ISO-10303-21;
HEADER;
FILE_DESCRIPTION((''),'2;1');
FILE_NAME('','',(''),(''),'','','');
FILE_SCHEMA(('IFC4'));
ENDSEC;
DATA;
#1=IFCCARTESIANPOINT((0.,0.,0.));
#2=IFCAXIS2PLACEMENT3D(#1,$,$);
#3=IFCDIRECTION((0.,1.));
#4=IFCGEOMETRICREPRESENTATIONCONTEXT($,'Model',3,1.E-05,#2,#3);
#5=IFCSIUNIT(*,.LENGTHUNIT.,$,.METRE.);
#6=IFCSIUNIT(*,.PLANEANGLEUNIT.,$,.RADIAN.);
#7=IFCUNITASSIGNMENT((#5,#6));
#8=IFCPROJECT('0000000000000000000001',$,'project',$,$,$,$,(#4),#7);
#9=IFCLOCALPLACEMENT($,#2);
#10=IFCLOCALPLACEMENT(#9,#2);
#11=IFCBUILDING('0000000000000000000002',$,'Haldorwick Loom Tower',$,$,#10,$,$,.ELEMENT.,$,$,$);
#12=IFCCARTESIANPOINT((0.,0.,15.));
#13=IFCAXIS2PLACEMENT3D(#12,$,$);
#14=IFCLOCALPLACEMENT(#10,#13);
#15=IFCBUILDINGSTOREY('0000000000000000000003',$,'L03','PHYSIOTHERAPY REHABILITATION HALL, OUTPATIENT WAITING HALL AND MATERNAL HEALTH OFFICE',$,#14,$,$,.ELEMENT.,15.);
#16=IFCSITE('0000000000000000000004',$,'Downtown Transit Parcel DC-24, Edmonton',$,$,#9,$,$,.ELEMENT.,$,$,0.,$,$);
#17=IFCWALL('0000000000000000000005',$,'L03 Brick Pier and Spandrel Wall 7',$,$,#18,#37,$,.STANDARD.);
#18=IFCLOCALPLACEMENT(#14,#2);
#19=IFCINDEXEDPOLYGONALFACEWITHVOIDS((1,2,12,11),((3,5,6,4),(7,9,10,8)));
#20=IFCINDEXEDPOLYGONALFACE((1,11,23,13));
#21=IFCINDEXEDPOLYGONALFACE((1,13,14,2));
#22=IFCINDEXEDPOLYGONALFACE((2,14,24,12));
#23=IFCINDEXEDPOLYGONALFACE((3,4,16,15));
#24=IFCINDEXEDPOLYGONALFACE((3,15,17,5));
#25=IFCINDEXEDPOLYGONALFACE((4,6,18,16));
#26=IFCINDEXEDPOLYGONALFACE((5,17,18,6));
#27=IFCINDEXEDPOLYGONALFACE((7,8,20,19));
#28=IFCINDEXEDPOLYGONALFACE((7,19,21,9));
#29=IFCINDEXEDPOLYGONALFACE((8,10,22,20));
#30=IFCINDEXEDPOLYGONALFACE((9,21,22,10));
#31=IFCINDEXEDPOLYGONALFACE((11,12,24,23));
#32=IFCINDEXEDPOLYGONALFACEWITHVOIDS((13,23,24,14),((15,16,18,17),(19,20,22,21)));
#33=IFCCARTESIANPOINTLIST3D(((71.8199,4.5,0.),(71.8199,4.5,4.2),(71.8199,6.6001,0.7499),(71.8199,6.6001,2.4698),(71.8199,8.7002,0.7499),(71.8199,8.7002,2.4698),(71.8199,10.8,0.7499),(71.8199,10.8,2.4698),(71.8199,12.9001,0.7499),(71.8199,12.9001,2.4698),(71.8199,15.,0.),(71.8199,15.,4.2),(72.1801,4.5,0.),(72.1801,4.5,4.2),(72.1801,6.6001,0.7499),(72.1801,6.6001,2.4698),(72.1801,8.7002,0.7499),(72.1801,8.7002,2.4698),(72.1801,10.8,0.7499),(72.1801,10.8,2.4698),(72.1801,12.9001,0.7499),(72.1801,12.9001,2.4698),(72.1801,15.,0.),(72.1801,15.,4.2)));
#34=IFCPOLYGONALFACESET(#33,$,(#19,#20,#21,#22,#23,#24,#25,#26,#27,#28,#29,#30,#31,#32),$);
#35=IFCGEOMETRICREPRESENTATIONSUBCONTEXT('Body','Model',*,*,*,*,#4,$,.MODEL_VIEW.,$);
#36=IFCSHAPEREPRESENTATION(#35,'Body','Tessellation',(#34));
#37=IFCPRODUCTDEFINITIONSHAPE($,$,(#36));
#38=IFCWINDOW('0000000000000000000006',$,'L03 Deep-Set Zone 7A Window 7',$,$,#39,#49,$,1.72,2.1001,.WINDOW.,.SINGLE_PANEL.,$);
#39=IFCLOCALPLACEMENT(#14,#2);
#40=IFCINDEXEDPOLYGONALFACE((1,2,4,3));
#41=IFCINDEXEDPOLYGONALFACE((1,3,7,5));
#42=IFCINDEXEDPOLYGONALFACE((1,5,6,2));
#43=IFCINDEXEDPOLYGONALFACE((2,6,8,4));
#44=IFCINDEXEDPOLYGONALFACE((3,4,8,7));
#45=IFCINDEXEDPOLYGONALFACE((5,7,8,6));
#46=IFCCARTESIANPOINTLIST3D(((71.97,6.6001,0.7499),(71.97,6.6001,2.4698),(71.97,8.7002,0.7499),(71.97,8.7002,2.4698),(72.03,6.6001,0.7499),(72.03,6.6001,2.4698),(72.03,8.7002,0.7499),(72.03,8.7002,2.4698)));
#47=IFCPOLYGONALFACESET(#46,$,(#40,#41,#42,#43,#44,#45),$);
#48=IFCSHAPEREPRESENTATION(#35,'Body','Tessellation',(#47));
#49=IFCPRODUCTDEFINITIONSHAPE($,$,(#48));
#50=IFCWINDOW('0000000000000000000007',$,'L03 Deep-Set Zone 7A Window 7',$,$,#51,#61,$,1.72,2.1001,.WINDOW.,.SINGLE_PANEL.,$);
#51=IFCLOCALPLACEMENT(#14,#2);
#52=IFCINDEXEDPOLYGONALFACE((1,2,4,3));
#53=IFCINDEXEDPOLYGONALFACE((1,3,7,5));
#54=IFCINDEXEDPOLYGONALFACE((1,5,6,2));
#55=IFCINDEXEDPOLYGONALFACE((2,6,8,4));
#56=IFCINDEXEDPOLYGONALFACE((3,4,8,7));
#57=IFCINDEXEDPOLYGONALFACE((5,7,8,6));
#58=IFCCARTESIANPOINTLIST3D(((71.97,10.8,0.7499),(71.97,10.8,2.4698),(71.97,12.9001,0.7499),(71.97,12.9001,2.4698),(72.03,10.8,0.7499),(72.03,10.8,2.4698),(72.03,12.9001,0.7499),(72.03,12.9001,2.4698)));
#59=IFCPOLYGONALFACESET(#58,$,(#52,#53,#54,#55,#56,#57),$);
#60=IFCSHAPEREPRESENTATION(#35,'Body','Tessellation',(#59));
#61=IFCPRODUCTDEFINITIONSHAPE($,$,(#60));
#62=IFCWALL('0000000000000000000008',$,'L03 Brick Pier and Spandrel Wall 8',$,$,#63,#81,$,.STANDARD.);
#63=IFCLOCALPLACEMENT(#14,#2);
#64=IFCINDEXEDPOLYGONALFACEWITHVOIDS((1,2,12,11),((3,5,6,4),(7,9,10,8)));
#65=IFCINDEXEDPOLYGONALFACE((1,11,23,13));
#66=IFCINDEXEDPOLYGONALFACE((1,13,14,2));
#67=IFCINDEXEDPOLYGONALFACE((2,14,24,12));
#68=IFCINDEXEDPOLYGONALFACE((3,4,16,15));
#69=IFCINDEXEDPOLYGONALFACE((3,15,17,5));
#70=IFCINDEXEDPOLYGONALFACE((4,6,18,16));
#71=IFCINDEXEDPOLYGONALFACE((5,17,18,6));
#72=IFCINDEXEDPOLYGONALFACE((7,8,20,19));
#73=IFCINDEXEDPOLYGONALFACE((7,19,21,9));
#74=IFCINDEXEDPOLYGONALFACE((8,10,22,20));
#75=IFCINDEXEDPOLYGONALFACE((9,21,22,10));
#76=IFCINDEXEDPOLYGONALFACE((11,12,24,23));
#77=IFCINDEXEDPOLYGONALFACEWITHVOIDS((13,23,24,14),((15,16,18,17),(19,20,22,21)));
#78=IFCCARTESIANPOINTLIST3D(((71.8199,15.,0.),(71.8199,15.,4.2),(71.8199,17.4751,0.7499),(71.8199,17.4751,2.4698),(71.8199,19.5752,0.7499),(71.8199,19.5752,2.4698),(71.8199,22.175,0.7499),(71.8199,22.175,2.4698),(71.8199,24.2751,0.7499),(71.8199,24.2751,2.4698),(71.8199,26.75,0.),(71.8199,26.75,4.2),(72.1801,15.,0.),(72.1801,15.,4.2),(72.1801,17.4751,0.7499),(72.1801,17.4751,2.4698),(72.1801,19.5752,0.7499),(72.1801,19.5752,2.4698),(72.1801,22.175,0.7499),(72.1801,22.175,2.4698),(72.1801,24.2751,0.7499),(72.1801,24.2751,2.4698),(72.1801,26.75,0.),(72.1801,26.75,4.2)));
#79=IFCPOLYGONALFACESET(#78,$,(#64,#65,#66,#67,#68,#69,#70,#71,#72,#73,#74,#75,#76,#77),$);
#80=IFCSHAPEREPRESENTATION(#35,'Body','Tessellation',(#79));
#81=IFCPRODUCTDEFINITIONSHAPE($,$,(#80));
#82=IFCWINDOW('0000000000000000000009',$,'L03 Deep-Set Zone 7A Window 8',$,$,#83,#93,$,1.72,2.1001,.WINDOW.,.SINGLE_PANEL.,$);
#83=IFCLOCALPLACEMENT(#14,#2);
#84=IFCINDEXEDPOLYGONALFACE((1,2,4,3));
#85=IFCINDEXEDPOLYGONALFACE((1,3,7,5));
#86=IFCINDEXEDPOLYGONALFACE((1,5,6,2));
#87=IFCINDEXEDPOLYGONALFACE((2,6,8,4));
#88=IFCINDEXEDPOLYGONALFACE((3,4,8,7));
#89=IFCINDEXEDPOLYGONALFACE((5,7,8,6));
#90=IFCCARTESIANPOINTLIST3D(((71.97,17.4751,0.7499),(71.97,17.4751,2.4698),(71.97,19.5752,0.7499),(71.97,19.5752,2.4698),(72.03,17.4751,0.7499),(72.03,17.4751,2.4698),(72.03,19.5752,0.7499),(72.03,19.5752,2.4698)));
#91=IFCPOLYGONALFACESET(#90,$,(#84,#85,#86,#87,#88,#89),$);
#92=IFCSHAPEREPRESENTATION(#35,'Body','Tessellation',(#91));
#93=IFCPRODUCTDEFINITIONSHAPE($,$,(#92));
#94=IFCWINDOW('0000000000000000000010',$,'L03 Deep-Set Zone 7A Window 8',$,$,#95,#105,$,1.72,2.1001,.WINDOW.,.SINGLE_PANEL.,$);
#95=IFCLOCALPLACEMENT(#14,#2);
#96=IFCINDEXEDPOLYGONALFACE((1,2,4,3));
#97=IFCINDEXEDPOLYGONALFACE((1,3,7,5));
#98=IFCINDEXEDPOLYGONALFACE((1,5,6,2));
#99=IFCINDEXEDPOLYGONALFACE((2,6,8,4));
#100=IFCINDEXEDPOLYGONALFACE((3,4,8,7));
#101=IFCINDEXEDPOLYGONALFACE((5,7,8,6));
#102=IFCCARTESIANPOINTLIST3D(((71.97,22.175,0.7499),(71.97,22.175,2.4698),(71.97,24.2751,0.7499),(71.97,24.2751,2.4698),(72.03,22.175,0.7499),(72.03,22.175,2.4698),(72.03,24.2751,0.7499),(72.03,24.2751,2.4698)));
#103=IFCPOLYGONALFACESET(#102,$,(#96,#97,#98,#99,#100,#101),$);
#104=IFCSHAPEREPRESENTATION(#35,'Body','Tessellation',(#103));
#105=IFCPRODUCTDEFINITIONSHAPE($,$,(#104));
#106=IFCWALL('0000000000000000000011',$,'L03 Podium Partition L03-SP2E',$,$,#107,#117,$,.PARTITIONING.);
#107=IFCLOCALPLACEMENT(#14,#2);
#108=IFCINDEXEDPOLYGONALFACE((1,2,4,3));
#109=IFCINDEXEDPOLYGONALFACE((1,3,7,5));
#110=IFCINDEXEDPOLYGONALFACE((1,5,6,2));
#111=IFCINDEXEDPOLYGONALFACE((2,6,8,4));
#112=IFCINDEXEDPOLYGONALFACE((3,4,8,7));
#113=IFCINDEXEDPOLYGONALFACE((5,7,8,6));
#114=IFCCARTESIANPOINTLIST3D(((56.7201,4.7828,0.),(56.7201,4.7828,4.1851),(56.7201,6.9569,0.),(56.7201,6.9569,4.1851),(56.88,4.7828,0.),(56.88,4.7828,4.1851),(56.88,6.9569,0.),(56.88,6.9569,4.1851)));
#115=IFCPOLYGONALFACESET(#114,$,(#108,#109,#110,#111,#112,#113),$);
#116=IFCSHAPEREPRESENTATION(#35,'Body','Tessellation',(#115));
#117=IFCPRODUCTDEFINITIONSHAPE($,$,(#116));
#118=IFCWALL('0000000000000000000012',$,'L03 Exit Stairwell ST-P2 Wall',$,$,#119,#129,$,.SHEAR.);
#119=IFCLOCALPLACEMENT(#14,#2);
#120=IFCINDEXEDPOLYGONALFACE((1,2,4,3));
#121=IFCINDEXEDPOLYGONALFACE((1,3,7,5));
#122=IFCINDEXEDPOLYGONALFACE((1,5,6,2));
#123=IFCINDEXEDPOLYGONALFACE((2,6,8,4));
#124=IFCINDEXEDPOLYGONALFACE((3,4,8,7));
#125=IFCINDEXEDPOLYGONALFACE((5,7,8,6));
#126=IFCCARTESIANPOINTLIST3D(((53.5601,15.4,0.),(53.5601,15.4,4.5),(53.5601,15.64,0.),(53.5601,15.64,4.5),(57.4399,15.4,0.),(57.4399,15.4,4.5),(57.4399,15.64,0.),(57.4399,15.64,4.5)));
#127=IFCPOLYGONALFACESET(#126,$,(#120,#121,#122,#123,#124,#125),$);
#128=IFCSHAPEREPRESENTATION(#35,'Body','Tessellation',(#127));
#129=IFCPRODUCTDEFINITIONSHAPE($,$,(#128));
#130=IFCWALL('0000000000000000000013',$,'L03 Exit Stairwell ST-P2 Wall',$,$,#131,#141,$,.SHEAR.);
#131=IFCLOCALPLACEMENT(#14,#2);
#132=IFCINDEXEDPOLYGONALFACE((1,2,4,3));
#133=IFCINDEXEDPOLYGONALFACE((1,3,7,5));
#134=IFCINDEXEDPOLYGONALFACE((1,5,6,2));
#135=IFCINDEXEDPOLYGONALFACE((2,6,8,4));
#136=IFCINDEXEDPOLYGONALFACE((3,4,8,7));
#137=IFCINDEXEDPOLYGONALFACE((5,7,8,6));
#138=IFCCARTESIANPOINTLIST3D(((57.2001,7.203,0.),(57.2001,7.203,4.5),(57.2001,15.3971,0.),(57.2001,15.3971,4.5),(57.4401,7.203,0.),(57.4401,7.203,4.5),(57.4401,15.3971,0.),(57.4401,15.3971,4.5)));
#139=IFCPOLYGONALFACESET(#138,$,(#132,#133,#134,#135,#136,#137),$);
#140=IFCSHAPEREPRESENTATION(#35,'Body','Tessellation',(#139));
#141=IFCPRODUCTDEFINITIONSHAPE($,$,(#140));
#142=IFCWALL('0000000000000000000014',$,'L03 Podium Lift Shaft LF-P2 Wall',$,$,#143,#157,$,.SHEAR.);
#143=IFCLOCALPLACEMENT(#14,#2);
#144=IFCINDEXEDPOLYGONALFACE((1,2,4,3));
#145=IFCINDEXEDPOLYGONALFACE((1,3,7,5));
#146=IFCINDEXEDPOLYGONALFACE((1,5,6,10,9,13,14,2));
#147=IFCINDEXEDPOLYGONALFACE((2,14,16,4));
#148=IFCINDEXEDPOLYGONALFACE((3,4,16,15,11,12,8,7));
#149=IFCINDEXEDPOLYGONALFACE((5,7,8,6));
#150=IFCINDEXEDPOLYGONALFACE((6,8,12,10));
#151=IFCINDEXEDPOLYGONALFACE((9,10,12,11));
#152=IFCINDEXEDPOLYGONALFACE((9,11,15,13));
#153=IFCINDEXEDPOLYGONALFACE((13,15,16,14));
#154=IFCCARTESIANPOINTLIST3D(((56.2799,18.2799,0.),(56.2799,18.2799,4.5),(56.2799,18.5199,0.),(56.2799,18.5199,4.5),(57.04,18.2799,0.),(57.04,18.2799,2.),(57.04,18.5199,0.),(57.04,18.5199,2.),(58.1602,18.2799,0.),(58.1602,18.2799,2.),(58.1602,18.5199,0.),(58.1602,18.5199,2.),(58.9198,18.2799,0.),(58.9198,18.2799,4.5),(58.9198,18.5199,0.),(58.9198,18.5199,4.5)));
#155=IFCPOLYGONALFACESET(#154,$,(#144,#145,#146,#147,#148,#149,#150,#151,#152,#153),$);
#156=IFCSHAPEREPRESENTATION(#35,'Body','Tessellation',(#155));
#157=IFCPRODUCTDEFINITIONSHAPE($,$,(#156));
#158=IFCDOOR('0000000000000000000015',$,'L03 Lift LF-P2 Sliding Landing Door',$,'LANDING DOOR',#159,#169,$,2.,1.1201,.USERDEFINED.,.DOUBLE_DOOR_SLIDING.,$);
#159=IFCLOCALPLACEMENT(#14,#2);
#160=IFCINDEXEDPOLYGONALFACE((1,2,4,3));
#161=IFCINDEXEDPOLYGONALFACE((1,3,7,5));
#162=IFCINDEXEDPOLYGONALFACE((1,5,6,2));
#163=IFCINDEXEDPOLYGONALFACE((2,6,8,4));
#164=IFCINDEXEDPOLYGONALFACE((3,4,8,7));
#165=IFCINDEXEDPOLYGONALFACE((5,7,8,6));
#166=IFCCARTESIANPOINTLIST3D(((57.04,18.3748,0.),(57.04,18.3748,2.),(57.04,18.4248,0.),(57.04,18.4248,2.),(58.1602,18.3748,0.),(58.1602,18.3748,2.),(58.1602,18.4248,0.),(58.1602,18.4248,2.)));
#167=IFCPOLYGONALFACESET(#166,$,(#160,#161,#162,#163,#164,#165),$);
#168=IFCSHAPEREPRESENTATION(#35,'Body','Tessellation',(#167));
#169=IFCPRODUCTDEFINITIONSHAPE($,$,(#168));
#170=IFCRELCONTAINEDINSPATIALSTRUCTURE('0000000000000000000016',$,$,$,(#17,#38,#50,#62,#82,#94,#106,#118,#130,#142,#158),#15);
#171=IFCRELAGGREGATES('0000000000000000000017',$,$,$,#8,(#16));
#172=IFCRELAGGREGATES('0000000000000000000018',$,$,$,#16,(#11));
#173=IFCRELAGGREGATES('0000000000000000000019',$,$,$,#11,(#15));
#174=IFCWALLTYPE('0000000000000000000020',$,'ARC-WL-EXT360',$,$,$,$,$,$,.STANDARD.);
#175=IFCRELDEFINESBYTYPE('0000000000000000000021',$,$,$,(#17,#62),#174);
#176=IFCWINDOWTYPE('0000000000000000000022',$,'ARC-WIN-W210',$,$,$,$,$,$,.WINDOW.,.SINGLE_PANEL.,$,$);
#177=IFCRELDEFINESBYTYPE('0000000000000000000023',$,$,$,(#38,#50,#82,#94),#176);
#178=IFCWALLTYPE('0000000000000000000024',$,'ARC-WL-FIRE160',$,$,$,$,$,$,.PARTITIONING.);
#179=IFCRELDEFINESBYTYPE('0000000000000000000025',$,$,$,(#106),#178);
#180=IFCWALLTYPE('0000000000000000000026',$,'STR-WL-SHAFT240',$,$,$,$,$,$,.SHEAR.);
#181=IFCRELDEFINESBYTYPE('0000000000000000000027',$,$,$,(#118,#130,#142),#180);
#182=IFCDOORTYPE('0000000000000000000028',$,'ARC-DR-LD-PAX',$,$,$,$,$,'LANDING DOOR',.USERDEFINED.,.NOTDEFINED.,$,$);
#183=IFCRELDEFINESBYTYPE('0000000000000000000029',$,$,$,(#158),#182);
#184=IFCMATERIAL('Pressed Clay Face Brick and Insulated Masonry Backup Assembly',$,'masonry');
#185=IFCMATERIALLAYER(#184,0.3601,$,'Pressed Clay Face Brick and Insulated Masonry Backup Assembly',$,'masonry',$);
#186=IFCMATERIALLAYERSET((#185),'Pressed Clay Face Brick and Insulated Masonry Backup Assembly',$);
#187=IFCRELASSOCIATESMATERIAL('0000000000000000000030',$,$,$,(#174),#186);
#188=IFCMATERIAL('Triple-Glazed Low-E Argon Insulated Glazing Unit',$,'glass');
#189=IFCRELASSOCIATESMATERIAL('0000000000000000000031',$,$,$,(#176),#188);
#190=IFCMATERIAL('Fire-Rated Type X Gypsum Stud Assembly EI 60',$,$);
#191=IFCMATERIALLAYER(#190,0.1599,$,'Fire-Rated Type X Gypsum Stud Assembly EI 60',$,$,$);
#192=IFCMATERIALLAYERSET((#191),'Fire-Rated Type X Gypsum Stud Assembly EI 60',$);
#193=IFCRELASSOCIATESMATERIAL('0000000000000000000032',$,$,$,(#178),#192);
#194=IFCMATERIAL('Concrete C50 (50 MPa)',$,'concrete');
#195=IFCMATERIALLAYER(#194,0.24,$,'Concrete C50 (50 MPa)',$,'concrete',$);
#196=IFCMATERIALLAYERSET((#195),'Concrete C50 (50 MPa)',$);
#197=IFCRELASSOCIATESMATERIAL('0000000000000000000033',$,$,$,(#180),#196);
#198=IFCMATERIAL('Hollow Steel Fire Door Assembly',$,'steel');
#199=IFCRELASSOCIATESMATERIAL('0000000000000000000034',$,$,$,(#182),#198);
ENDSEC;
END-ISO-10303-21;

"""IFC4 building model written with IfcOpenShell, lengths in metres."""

from ifc_helpers import new_model, si_unit, direction, frame, frame_2d, origin, place, context, subcontext, project, spatial, rectangle, extrude, material, layer, layer_set, type_object, element, fill, save


model = new_model("IFC4")

# Units and contexts
model_context = context("Model", 3, precision=1e-05, world=origin(), true_north=direction((0.0, 1.0)))
body_context = subcontext(model_context, "Body", "Model", "MODEL_VIEW")
ifc_project = project(units=[si_unit("LENGTHUNIT", "METRE"), si_unit("PLANEANGLEUNIT", "RADIAN")], contexts=[model_context])

# Site, building, storey
site_placement = place(None, origin())
site = spatial("IfcSite", under=ifc_project, at=site_placement, Name="Downtown Transit Parcel DC-24, Edmonton", CompositionType="ELEMENT", RefElevation=0.0)
building_placement = place(site_placement, origin())
building = spatial("IfcBuilding", under=site, at=building_placement, Name="Haldorwick Loom Tower", CompositionType="ELEMENT")
storey_placement = place(building_placement, frame((0.0, 0.0, 15.0)))
storey = spatial("IfcBuildingStorey", under=building, at=storey_placement, Name="L03", Description="PHYSIOTHERAPY REHABILITATION HALL, OUTPATIENT WAITING HALL AND MATERNAL HEALTH OFFICE", CompositionType="ELEMENT", Elevation=15.0)

# Walls, openings, windows
ifc_material_1 = material(Name="Pressed Clay Face Brick and Insulated Masonry Backup Assembly", Category="masonry")
ifc_layer_1 = layer(ifc_material_1, 0.3601, Name="Pressed Clay Face Brick and Insulated Masonry Backup Assembly", Category="masonry")
ifc_layer_set_1 = layer_set([ifc_layer_1], Name="Pressed Clay Face Brick and Insulated Masonry Backup Assembly")
wall_type_1 = type_object("IfcWallType", Name="ARC-WL-EXT360", PredefinedType="STANDARD", material=ifc_layer_set_1)
wall_1_placement = place(storey_placement, frame((72.0, 4.5, 0.0), z_axis=(0.0, 0.0, 1.0), x_axis=(0.0, 1.0, 0.0)))
wall_1 = element("IfcWall", 1, at=wall_1_placement, inside=storey, type_object=wall_type_1, Name="L03 Brick Pier and Spandrel Wall 7", PredefinedType="STANDARD", context=body_context, shape_type="SweptSolid", body=[
    extrude(rectangle(XDim=10.5, YDim=0.3601, at=frame_2d((5.25, 0.0))), origin(), (0.0, 0.0, 1.0), 4.2),
])
opening_1_placement = place(wall_1_placement, frame((2.1001, 0.0, 0.75)))
opening_1 = element("IfcOpeningElement", 2, at=opening_1_placement, cuts=wall_1, PredefinedType="OPENING", context=body_context, shape_type="SweptSolid", body=[
    extrude(rectangle(XDim=2.1001, YDim=1.72, at=frame_2d((1.05, 0.8599))), frame((0.0, 0.1899, 0.0), z_axis=(0.0, -1.0, 0.0), x_axis=(1.0, 0.0, 0.0)), (0.0, 0.0, 1.0), 0.3801),
])
opening_2_placement = place(wall_1_placement, frame((6.3, 0.0, 0.75)))
opening_2 = element("IfcOpeningElement", 3, at=opening_2_placement, cuts=wall_1, PredefinedType="OPENING", context=body_context, shape_type="SweptSolid", body=[
    extrude(rectangle(XDim=2.1001, YDim=1.72, at=frame_2d((1.05, 0.8599))), frame((0.0, 0.1899, 0.0), z_axis=(0.0, -1.0, 0.0), x_axis=(1.0, 0.0, 0.0)), (0.0, 0.0, 1.0), 0.3801),
])
ifc_material_2 = material(Name="Triple-Glazed Low-E Argon Insulated Glazing Unit", Category="glass")
window_type = type_object("IfcWindowType", Name="ARC-WIN-W210", PartitioningType="SINGLE_PANEL", PredefinedType="WINDOW", material=ifc_material_2)
window_1_placement = place(opening_1_placement, origin())
window_1 = element("IfcWindow", 4, at=window_1_placement, inside=storey, type_object=window_type, Name="L03 Deep-Set Zone 7A Window 7", OverallHeight=1.72, OverallWidth=2.1001, PartitioningType="SINGLE_PANEL", PredefinedType="WINDOW", context=body_context, shape_type="SweptSolid", body=[
    extrude(rectangle(XDim=2.1001, YDim=1.72, at=frame_2d((1.05, 0.8599))), frame((0.0, 0.03, 0.0), z_axis=(0.0, -1.0, 0.0), x_axis=(1.0, 0.0, 0.0)), (0.0, 0.0, 1.0), 0.0601),
])
fill(opening_1, window_1)
window_2_placement = place(opening_2_placement, origin())
window_2 = element("IfcWindow", 5, at=window_2_placement, inside=storey, type_object=window_type, Name="L03 Deep-Set Zone 7A Window 7", OverallHeight=1.72, OverallWidth=2.1001, PartitioningType="SINGLE_PANEL", PredefinedType="WINDOW", context=body_context, shape_type="SweptSolid", body=[
    extrude(rectangle(XDim=2.1001, YDim=1.72, at=frame_2d((1.05, 0.8599))), frame((0.0, 0.03, 0.0), z_axis=(0.0, -1.0, 0.0), x_axis=(1.0, 0.0, 0.0)), (0.0, 0.0, 1.0), 0.0601),
])
fill(opening_2, window_2)
wall_2_placement = place(storey_placement, frame((72.0, 15.0, 0.0), z_axis=(0.0, 0.0, 1.0), x_axis=(0.0, 1.0, 0.0)))
wall_2 = element("IfcWall", 6, at=wall_2_placement, inside=storey, type_object=wall_type_1, Name="L03 Brick Pier and Spandrel Wall 8", PredefinedType="STANDARD", context=body_context, shape_type="SweptSolid", body=[
    extrude(rectangle(XDim=11.75, YDim=0.3601, at=frame_2d((5.875, 0.0))), origin(), (0.0, 0.0, 1.0), 4.2),
])
opening_3_placement = place(wall_2_placement, frame((2.4751, 0.0, 0.75)))
opening_3 = element("IfcOpeningElement", 7, at=opening_3_placement, cuts=wall_2, PredefinedType="OPENING", context=body_context, shape_type="SweptSolid", body=[
    extrude(rectangle(XDim=2.1001, YDim=1.72, at=frame_2d((1.05, 0.8599))), frame((0.0, 0.1899, 0.0), z_axis=(0.0, -1.0, 0.0), x_axis=(1.0, 0.0, 0.0)), (0.0, 0.0, 1.0), 0.3801),
])
opening_4_placement = place(wall_2_placement, frame((7.175, 0.0, 0.75)))
opening_4 = element("IfcOpeningElement", 8, at=opening_4_placement, cuts=wall_2, PredefinedType="OPENING", context=body_context, shape_type="SweptSolid", body=[
    extrude(rectangle(XDim=2.1001, YDim=1.72, at=frame_2d((1.05, 0.8599))), frame((0.0, 0.1899, 0.0), z_axis=(0.0, -1.0, 0.0), x_axis=(1.0, 0.0, 0.0)), (0.0, 0.0, 1.0), 0.3801),
])
window_3_placement = place(opening_3_placement, origin())
window_3 = element("IfcWindow", 9, at=window_3_placement, inside=storey, type_object=window_type, Name="L03 Deep-Set Zone 7A Window 8", OverallHeight=1.72, OverallWidth=2.1001, PartitioningType="SINGLE_PANEL", PredefinedType="WINDOW", context=body_context, shape_type="SweptSolid", body=[
    extrude(rectangle(XDim=2.1001, YDim=1.72, at=frame_2d((1.05, 0.8599))), frame((0.0, 0.03, 0.0), z_axis=(0.0, -1.0, 0.0), x_axis=(1.0, 0.0, 0.0)), (0.0, 0.0, 1.0), 0.0601),
])
fill(opening_3, window_3)
window_4_placement = place(opening_4_placement, origin())
window_4 = element("IfcWindow", 10, at=window_4_placement, inside=storey, type_object=window_type, Name="L03 Deep-Set Zone 7A Window 8", OverallHeight=1.72, OverallWidth=2.1001, PartitioningType="SINGLE_PANEL", PredefinedType="WINDOW", context=body_context, shape_type="SweptSolid", body=[
    extrude(rectangle(XDim=2.1001, YDim=1.72, at=frame_2d((1.05, 0.8599))), frame((0.0, 0.03, 0.0), z_axis=(0.0, -1.0, 0.0), x_axis=(1.0, 0.0, 0.0)), (0.0, 0.0, 1.0), 0.0601),
])
fill(opening_4, window_4)

# Walls
ifc_material_3 = material(Name="Fire-Rated Type X Gypsum Stud Assembly EI 60")
ifc_layer_2 = layer(ifc_material_3, 0.1599, Name="Fire-Rated Type X Gypsum Stud Assembly EI 60")
ifc_layer_set_2 = layer_set([ifc_layer_2], Name="Fire-Rated Type X Gypsum Stud Assembly EI 60")
wall_type_2 = type_object("IfcWallType", Name="ARC-WL-FIRE160", PredefinedType="PARTITIONING", material=ifc_layer_set_2)
wall_3_placement = place(storey_placement, frame((56.8, 4.783, 0.0), z_axis=(0.0, 0.0, 1.0), x_axis=(0.0, 1.0, 0.0)))
element("IfcWall", 11, at=wall_3_placement, inside=storey, type_object=wall_type_2, Name="L03 Podium Partition L03-SP2E", PredefinedType="PARTITIONING", context=body_context, shape_type="SweptSolid", body=[
    extrude(rectangle(XDim=2.1741, YDim=0.1599, at=frame_2d((1.0869, 0.0))), origin(), (0.0, 0.0, 1.0), 4.1851),
])
ifc_material_4 = material(Name="Concrete C50 (50 MPa)", Category="concrete")
ifc_layer_3 = layer(ifc_material_4, 0.24, Name="Concrete C50 (50 MPa)", Category="concrete")
ifc_layer_set_3 = layer_set([ifc_layer_3], Name="Concrete C50 (50 MPa)")
wall_type_3 = type_object("IfcWallType", Name="STR-WL-SHAFT240", PredefinedType="SHEAR", material=ifc_layer_set_3)
wall_4_placement = place(storey_placement, frame((57.4399, 15.52, 0.0), z_axis=(0.0, 0.0, 1.0), x_axis=(-1.0, 0.0, 0.0)))
element("IfcWall", 12, at=wall_4_placement, inside=storey, type_object=wall_type_3, Name="L03 Exit Stairwell ST-P2 Wall", PredefinedType="SHEAR", context=body_context, shape_type="SweptSolid", body=[
    extrude(rectangle(XDim=3.8799, YDim=0.24, at=frame_2d((1.9399, 0.0))), origin(), (0.0, 0.0, 1.0), 4.5),
])
wall_5_placement = place(storey_placement, frame((57.3201, 7.2029, 0.0), z_axis=(0.0, 0.0, 1.0), x_axis=(0.0, 1.0, 0.0)))
element("IfcWall", 13, at=wall_5_placement, inside=storey, type_object=wall_type_3, Name="L03 Exit Stairwell ST-P2 Wall", PredefinedType="SHEAR", context=body_context, shape_type="SweptSolid", body=[
    extrude(rectangle(XDim=8.1941, YDim=0.24, at=frame_2d((4.0972, 0.0))), origin(), (0.0, 0.0, 1.0), 4.5),
])

# Wall, opening, door
wall_6_placement = place(storey_placement, frame((56.28, 18.3999, 0.0), z_axis=(0.0, 0.0, 1.0), x_axis=(1.0, 0.0, 0.0)))
wall_6 = element("IfcWall", 14, at=wall_6_placement, inside=storey, type_object=wall_type_3, Name="L03 Podium Lift Shaft LF-P2 Wall", PredefinedType="SHEAR", context=body_context, shape_type="SweptSolid", body=[
    extrude(rectangle(XDim=2.6399, YDim=0.24, at=frame_2d((1.3198, 0.0))), origin(), (0.0, 0.0, 1.0), 4.5),
])
opening_5_placement = place(wall_6_placement, frame((0.76, 0.0, 0.0)))
opening_5 = element("IfcOpeningElement", 15, at=opening_5_placement, cuts=wall_6, PredefinedType="OPENING", context=body_context, shape_type="SweptSolid", body=[
    extrude(rectangle(XDim=1.1201, YDim=2.0, at=frame_2d((0.5601, 1.0))), frame((0.0, 0.1299, 0.0), z_axis=(0.0, -1.0, 0.0), x_axis=(1.0, 0.0, 0.0)), (0.0, 0.0, 1.0), 0.26),
])
ifc_material_5 = material(Name="Hollow Steel Fire Door Assembly", Category="steel")
door_type = type_object("IfcDoorType", Name="ARC-DR-LD-PAX", ElementType="LANDING DOOR", OperationType="NOTDEFINED", PredefinedType="USERDEFINED", material=ifc_material_5)
door_placement = place(opening_5_placement, origin())
door = element("IfcDoor", 16, at=door_placement, inside=storey, type_object=door_type, Name="L03 Lift LF-P2 Sliding Landing Door", ObjectType="LANDING DOOR", OperationType="DOUBLE_DOOR_SLIDING", OverallHeight=2.0, OverallWidth=1.1201, PredefinedType="USERDEFINED", context=body_context, shape_type="SweptSolid", body=[
    extrude(rectangle(XDim=1.1201, YDim=2.0, at=frame_2d((0.5601, 1.0))), frame((0.0, 0.0249, 0.0), z_axis=(0.0, -1.0, 0.0), x_axis=(1.0, 0.0, 0.0)), (0.0, 0.0, 1.0), 0.05),
])
fill(opening_5, door)

save(model, "model.ifc")
